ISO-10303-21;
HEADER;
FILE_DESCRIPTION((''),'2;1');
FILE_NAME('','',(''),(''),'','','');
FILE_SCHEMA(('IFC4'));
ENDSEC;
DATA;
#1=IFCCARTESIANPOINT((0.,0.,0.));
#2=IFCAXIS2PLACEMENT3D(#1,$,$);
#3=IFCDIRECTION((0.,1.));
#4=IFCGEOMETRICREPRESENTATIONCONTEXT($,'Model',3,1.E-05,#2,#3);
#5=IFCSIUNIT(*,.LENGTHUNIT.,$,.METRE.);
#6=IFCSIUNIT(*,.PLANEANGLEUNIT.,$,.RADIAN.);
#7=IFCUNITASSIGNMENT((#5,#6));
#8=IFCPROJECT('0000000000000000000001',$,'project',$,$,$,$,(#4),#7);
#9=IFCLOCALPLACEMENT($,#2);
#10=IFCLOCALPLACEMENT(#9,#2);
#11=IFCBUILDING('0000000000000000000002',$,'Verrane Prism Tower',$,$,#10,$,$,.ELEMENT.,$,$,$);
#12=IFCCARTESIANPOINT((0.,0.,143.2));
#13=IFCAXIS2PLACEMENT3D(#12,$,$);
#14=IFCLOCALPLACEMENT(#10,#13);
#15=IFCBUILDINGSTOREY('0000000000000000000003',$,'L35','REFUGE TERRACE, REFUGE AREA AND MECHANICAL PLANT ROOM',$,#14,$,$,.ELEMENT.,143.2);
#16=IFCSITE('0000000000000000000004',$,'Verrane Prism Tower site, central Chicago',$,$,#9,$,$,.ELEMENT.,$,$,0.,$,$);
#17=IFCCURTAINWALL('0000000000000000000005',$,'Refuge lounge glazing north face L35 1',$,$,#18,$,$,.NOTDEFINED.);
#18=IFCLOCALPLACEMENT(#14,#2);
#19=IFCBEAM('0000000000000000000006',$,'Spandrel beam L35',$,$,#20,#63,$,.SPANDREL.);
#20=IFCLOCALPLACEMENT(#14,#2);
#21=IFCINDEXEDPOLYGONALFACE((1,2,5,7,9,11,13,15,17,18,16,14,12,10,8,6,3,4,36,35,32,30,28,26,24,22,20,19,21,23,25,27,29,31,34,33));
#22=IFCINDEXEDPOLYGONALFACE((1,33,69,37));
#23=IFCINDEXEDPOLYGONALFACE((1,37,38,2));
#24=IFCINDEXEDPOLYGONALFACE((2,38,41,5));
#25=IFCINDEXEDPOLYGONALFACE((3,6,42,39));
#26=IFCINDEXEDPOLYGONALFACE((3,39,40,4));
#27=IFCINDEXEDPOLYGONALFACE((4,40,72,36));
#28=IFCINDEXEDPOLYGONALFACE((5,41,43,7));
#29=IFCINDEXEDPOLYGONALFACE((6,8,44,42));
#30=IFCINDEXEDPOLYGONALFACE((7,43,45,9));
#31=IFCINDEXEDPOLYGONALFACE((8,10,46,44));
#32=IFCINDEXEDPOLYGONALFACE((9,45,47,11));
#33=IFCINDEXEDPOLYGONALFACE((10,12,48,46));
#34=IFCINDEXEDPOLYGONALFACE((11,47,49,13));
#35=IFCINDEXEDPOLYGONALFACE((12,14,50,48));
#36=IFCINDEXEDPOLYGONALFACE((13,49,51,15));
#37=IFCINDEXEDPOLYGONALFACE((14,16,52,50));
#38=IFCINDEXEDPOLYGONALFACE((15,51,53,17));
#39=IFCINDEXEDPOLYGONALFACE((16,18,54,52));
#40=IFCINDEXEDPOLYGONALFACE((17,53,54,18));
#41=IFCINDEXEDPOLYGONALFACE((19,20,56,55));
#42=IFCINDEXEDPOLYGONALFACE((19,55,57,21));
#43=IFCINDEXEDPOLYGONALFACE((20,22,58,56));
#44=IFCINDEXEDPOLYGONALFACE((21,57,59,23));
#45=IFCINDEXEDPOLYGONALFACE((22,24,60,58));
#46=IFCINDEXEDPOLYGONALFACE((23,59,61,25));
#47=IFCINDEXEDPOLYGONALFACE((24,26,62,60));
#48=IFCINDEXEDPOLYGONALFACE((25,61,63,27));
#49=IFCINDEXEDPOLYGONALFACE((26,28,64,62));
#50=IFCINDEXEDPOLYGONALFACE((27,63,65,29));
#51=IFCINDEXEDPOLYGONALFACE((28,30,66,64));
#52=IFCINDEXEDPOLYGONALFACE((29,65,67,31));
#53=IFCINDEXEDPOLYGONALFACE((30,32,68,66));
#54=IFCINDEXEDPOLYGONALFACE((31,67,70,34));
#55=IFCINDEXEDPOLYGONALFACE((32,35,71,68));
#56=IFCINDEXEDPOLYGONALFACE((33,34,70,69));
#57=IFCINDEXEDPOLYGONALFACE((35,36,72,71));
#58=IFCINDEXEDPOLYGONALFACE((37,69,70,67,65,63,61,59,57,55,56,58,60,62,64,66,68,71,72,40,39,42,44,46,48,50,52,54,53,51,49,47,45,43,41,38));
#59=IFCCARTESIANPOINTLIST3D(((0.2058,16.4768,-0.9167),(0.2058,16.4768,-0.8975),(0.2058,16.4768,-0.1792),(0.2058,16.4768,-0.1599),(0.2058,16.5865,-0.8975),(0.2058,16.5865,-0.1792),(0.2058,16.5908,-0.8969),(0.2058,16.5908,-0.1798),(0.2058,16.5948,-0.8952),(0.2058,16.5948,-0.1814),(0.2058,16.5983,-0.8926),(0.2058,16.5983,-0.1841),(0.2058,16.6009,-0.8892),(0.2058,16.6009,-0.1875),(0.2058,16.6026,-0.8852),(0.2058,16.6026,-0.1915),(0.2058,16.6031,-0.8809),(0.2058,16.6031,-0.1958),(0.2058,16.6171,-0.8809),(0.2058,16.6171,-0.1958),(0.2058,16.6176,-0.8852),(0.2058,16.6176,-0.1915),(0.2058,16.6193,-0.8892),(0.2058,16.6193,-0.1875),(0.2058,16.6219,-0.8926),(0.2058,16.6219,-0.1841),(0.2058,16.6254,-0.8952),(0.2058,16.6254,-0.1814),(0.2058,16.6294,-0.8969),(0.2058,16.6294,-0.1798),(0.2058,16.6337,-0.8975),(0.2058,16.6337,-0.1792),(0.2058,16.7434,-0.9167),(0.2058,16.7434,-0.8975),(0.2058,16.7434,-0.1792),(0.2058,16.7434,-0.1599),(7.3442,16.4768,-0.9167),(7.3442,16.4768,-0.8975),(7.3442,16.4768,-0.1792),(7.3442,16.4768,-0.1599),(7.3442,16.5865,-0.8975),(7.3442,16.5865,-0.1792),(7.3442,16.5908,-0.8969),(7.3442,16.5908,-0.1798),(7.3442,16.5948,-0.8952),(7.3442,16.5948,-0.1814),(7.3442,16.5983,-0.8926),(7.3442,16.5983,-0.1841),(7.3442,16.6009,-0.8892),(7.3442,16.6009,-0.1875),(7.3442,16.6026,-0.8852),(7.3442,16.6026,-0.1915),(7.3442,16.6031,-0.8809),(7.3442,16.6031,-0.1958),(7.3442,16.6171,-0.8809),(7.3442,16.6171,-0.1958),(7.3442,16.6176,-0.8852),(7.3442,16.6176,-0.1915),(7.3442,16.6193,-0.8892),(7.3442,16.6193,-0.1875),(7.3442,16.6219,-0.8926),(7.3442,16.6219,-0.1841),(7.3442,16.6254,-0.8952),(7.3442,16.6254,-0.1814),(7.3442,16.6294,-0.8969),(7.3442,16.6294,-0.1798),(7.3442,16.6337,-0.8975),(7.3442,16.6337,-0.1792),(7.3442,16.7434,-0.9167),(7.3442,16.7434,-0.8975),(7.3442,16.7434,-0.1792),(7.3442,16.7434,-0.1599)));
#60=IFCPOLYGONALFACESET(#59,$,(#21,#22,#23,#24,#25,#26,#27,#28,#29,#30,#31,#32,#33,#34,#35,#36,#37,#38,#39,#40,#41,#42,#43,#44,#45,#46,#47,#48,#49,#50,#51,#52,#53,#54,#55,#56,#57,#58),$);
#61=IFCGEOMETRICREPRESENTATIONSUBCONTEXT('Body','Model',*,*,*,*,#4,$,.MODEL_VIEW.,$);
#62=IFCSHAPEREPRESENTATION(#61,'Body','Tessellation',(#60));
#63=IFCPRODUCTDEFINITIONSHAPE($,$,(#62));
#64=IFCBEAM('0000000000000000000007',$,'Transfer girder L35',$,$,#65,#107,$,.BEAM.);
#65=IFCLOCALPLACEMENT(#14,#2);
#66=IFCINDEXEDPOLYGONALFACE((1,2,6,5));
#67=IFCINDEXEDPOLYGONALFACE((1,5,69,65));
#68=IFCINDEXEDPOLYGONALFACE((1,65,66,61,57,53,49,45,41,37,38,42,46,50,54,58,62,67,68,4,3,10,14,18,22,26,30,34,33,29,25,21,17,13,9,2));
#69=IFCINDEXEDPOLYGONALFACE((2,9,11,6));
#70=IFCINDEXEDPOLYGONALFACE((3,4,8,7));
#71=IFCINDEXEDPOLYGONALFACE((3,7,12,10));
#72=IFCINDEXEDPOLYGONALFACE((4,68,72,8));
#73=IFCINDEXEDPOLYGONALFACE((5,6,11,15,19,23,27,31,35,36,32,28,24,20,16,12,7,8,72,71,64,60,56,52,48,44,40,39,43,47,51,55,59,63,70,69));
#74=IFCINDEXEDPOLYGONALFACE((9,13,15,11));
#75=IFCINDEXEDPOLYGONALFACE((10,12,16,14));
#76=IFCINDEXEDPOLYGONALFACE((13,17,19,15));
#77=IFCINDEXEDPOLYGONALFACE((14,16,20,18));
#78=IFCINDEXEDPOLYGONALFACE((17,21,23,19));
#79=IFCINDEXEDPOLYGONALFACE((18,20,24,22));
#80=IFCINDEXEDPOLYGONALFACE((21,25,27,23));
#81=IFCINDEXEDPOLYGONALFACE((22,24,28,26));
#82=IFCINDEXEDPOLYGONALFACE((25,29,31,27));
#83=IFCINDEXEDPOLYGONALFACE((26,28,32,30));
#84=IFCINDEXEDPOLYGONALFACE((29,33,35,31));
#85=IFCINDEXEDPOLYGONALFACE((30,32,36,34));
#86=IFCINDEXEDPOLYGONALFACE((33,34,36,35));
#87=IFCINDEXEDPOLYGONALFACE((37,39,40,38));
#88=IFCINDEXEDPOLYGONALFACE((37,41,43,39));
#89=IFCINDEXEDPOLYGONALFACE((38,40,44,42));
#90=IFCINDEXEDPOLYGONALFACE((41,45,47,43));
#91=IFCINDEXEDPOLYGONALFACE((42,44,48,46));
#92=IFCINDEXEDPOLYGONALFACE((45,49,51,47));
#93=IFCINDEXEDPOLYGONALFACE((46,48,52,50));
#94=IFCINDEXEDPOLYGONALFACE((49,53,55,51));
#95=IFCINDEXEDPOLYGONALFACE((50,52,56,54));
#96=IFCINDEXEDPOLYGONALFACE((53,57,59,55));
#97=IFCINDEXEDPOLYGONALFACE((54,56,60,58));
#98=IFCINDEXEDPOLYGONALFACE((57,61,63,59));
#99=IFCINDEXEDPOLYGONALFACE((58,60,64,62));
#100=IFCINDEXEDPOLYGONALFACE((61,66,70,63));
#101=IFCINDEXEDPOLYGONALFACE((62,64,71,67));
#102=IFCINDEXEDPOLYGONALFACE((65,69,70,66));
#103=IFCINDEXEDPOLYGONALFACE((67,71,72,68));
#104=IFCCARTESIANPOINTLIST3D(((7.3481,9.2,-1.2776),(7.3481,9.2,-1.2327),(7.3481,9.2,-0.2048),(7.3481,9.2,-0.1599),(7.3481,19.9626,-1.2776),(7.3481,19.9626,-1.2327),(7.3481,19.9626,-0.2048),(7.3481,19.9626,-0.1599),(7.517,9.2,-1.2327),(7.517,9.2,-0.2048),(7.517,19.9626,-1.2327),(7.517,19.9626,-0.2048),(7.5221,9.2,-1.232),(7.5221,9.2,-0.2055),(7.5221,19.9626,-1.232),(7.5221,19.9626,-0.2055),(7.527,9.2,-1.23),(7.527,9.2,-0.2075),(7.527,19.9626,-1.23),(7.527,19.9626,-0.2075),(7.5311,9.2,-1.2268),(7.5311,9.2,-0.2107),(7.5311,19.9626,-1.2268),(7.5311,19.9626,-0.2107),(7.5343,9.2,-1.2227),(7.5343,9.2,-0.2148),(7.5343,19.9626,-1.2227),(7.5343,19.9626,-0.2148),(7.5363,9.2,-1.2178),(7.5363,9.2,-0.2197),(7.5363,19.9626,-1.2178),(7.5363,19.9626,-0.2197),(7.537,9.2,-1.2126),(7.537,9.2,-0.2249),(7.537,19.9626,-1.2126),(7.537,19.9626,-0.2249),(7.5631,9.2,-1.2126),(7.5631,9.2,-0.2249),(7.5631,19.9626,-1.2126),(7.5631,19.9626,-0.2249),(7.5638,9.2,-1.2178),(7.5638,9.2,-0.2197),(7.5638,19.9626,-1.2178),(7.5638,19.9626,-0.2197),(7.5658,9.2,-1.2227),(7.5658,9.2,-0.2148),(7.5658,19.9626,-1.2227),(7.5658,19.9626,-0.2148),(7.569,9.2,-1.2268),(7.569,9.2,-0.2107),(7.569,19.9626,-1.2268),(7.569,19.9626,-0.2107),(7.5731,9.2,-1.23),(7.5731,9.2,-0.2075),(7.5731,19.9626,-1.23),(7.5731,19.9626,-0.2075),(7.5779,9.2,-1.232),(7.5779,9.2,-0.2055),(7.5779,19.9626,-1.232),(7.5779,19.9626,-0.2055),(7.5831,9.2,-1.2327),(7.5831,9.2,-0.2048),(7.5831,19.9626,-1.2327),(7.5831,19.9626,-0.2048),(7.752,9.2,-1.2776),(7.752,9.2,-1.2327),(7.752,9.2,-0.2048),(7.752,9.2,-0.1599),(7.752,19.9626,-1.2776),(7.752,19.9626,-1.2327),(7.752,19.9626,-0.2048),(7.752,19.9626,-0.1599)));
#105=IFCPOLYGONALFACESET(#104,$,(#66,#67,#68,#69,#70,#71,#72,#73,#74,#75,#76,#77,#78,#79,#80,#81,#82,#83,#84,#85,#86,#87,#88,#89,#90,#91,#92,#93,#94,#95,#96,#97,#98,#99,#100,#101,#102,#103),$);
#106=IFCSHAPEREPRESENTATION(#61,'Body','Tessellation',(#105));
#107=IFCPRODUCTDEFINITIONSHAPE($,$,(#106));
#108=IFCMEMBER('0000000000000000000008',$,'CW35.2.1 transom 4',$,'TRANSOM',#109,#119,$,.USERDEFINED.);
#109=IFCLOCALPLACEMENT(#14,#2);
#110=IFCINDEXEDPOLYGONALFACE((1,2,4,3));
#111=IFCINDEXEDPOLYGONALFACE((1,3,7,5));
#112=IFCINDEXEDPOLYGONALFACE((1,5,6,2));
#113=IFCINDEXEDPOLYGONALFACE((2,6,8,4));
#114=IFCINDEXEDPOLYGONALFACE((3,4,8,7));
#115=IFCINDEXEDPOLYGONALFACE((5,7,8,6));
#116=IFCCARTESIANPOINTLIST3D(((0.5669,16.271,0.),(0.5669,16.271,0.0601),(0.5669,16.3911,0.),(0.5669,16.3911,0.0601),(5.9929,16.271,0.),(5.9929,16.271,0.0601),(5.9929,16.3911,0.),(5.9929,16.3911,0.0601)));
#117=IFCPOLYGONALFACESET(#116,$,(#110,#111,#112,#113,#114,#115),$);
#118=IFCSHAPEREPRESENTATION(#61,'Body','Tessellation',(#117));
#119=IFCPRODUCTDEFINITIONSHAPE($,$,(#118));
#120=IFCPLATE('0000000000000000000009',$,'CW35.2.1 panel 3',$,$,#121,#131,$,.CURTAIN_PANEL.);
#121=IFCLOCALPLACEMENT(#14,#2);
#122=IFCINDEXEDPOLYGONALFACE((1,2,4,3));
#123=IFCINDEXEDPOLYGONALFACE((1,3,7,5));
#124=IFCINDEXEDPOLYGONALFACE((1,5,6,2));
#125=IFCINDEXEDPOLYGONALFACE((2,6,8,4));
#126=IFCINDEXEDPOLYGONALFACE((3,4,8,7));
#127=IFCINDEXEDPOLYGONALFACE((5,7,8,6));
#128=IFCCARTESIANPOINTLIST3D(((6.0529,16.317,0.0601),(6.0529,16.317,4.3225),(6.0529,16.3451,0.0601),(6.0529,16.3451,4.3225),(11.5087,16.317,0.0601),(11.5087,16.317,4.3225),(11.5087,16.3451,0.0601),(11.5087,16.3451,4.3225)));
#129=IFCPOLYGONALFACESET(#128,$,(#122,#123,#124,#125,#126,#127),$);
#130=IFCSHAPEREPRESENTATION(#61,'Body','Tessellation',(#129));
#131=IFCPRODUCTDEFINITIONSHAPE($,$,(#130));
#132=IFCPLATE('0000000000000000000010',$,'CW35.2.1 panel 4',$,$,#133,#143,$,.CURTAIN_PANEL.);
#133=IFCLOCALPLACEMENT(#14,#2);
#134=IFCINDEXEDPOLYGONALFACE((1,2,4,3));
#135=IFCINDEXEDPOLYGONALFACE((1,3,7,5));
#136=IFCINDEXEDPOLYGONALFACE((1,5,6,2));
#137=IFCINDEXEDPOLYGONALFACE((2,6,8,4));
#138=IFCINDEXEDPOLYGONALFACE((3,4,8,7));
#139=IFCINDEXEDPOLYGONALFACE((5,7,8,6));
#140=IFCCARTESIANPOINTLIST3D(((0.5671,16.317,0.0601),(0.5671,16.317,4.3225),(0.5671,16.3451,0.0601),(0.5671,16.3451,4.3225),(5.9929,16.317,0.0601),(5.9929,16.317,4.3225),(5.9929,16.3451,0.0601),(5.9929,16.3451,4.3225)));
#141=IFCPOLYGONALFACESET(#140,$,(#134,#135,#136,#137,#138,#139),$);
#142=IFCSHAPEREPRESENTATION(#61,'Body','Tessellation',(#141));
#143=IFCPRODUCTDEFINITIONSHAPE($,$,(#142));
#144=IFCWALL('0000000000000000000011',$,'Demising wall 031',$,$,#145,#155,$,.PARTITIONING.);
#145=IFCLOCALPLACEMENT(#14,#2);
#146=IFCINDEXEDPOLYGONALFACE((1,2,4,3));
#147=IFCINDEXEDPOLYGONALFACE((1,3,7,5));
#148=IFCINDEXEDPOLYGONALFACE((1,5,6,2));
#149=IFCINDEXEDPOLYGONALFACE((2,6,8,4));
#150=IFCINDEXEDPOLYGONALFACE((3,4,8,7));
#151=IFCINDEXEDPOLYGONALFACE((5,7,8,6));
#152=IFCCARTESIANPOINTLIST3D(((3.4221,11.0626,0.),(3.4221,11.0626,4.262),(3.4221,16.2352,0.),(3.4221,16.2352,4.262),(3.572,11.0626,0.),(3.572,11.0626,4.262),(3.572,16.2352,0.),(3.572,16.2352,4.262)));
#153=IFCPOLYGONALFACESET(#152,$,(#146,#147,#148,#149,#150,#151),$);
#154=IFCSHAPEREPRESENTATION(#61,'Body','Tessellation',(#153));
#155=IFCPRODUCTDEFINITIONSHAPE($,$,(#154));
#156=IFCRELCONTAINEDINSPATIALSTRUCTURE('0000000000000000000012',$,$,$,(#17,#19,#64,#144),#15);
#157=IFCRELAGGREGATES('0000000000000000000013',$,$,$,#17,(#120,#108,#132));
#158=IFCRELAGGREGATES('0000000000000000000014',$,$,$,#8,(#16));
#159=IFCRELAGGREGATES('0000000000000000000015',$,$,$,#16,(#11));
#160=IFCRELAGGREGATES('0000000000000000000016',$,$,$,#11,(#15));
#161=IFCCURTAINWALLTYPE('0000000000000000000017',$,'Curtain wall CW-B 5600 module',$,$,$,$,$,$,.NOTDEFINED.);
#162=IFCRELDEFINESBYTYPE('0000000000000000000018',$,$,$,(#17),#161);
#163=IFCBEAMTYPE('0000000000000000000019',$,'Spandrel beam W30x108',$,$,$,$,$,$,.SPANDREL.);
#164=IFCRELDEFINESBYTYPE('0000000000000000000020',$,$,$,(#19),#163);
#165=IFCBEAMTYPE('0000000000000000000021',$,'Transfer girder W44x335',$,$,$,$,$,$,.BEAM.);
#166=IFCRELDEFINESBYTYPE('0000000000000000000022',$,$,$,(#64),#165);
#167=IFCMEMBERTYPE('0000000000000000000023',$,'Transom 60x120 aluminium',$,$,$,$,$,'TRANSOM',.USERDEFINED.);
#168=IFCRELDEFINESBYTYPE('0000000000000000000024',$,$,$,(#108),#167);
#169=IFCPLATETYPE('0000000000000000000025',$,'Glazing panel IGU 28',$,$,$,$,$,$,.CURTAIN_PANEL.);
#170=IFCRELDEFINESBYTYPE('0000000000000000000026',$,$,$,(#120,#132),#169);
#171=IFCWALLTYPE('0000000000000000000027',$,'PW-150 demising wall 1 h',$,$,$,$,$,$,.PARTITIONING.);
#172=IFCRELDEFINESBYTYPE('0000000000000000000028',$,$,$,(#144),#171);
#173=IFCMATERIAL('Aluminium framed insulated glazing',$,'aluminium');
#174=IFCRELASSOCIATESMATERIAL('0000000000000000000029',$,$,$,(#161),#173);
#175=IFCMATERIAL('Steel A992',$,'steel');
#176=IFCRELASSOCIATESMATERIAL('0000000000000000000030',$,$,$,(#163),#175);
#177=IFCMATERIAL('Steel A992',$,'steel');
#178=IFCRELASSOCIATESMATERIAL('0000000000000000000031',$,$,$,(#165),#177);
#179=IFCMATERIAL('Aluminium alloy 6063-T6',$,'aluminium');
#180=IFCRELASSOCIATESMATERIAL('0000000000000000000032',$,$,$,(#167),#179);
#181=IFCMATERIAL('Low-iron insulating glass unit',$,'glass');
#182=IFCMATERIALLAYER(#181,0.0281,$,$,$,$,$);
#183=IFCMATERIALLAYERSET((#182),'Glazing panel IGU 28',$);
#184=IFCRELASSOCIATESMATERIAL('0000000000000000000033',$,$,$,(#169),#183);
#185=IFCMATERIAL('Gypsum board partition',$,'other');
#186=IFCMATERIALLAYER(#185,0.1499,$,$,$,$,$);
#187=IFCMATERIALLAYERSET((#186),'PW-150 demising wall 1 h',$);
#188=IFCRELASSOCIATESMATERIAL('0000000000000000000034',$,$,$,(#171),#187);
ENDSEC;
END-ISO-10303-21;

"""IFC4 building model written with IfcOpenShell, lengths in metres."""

from ifc_helpers import new_model, si_unit, direction, frame, frame_2d, origin, origin_2d, place, context, subcontext, project, spatial, rectangle, i_section, extrude, material, layer, layer_set, material_profile, profile_set, type_object, element, aggregate, save


model = new_model("IFC4")

# Units and contexts
model_context = context("Model", 3, precision=1e-05, world=origin(), true_north=direction((0.0, 1.0)))
body_context = subcontext(model_context, "Body", "Model", "MODEL_VIEW")
ifc_project = project(units=[si_unit("LENGTHUNIT", "METRE"), si_unit("PLANEANGLEUNIT", "RADIAN")], contexts=[model_context])

# Site, building, storey
site_placement = place(None, origin())
site = spatial("IfcSite", under=ifc_project, at=site_placement, Name="Verrane Prism Tower site, central Chicago", CompositionType="ELEMENT", RefElevation=0.0)
building_placement = place(site_placement, origin())
building = spatial("IfcBuilding", under=site, at=building_placement, Name="Verrane Prism Tower", CompositionType="ELEMENT")
storey_placement = place(building_placement, frame((0.0, 0.0, 143.2)))
storey = spatial("IfcBuildingStorey", under=building, at=storey_placement, Name="L35", Description="REFUGE TERRACE, REFUGE AREA AND MECHANICAL PLANT ROOM", CompositionType="ELEMENT", Elevation=143.2)

# Curtain wall
ifc_material_1 = material(Name="Aluminium framed insulated glazing", Category="aluminium")
curtain_wall_type = type_object("IfcCurtainWallType", Name="Curtain wall CW-B 5600 module", PredefinedType="NOTDEFINED", material=ifc_material_1)
curtain_wall_placement = place(storey_placement, origin())
curtain_wall = element("IfcCurtainWall", 1, at=curtain_wall_placement, inside=storey, type_object=curtain_wall_type, Name="Refuge lounge glazing north face L35 1", PredefinedType="NOTDEFINED")

# Beams
ifc_material_2 = material(Name="Steel A992", Category="steel")
ifc_material_profile_1 = material_profile(ifc_material_2, i_section(OverallWidth=0.2666, OverallDepth=0.7568, WebThickness=0.0139, FlangeThickness=0.0193, FilletRadius=0.0166, at=origin_2d()), Name="W30x108")
ifc_profile_set_1 = profile_set([ifc_material_profile_1], Name="Steel A992")
beam_type_1 = type_object("IfcBeamType", Name="Spandrel beam W30x108", PredefinedType="SPANDREL", material=ifc_profile_set_1)
beam_1_placement = place(storey_placement, frame((7.3442, 16.6101, -0.5383), z_axis=(-1.0, 0.0, 0.0), x_axis=(0.0, -1.0, 0.0)))
element("IfcBeam", 2, at=beam_1_placement, inside=storey, type_object=beam_type_1, Name="Spandrel beam L35", PredefinedType="SPANDREL", context=body_context, shape_type="SweptSolid", body=[
    extrude(i_section(OverallWidth=0.2666, OverallDepth=0.7568, WebThickness=0.0139, FlangeThickness=0.0193, FilletRadius=0.0166, at=origin_2d()), origin(), (0.0, 0.0, 1.0), 7.1384),
])
ifc_material_3 = material(Name="Steel A992", Category="steel")
ifc_material_profile_2 = material_profile(ifc_material_3, i_section(OverallWidth=0.4038, OverallDepth=1.1177, WebThickness=0.0261, FlangeThickness=0.0449, FilletRadius=0.02, at=origin_2d()), Name="W44x335")
ifc_profile_set_2 = profile_set([ifc_material_profile_2], Name="Steel A992")
beam_type_2 = type_object("IfcBeamType", Name="Transfer girder W44x335", PredefinedType="BEAM", material=ifc_profile_set_2)
beam_2_placement = place(storey_placement, frame((7.55, 19.9626, -0.7188), z_axis=(0.0, -1.0, 0.0), x_axis=(1.0, 0.0, 0.0)))
element("IfcBeam", 3, at=beam_2_placement, inside=storey, type_object=beam_type_2, Name="Transfer girder L35", PredefinedType="BEAM", context=body_context, shape_type="SweptSolid", body=[
    extrude(i_section(OverallWidth=0.4038, OverallDepth=1.1177, WebThickness=0.0261, FlangeThickness=0.0449, FilletRadius=0.02, at=origin_2d()), origin(), (0.0, 0.0, 1.0), 10.7627),
])

# Member
ifc_material_4 = material(Name="Aluminium alloy 6063-T6", Category="aluminium")
ifc_material_profile_3 = material_profile(ifc_material_4, rectangle(XDim=0.1201, YDim=0.0601, at=origin_2d()), Name="Transom 60x120 aluminium")
ifc_profile_set_3 = profile_set([ifc_material_profile_3], Name="Aluminium alloy 6063-T6")
member_type_1 = type_object("IfcMemberType", Name="Transom 60x120 aluminium", ElementType="TRANSOM", PredefinedType="USERDEFINED", material=ifc_profile_set_3)
member_1_placement = place(storey_placement, frame((5.9929, 16.3311, 0.03), z_axis=(-1.0, 0.0, 0.0), x_axis=(0.0, -1.0, 0.0)))
member_1 = element("IfcMember", 4, at=member_1_placement, type_object=member_type_1, Name="CW35.2.1 transom 4", ObjectType="TRANSOM", PredefinedType="USERDEFINED", context=body_context, shape_type="SweptSolid", body=[
    extrude(rectangle(XDim=0.1201, YDim=0.0601, at=origin_2d()), origin(), (0.0, 0.0, 1.0), 5.426),
])

# Plates
ifc_material_5 = material(Name="Low-iron insulating glass unit", Category="glass")
ifc_layer_1 = layer(ifc_material_5, 0.0281)
ifc_layer_set_1 = layer_set([ifc_layer_1], Name="Glazing panel IGU 28")
plate_type = type_object("IfcPlateType", Name="Glazing panel IGU 28", PredefinedType="CURTAIN_PANEL", material=ifc_layer_set_1)
plate_1_placement = place(storey_placement, frame((8.7808, 16.3311, 0.0601), z_axis=(0.0, 0.0, 1.0), x_axis=(-1.0, 0.0, 0.0)))
plate_1 = element("IfcPlate", 5, at=plate_1_placement, type_object=plate_type, Name="CW35.2.1 panel 3", PredefinedType="CURTAIN_PANEL", context=body_context, shape_type="SweptSolid", body=[
    extrude(rectangle(XDim=5.4558, YDim=0.0281, at=origin_2d()), origin(), (0.0, 0.0, 1.0), 4.2625),
])
plate_2_placement = place(storey_placement, frame((3.28, 16.3311, 0.0601), z_axis=(0.0, 0.0, 1.0), x_axis=(-1.0, 0.0, 0.0)))
plate_2 = element("IfcPlate", 6, at=plate_2_placement, type_object=plate_type, Name="CW35.2.1 panel 4", PredefinedType="CURTAIN_PANEL", context=body_context, shape_type="SweptSolid", body=[
    extrude(rectangle(XDim=5.4258, YDim=0.0281, at=origin_2d()), origin(), (0.0, 0.0, 1.0), 4.2625),
])
aggregate(curtain_wall, [plate_1, member_1, plate_2])

# Wall
ifc_material_6 = material(Name="Gypsum board partition", Category="other")
ifc_layer_2 = layer(ifc_material_6, 0.1499)
ifc_layer_set_2 = layer_set([ifc_layer_2], Name="PW-150 demising wall 1 h")
wall_type_1 = type_object("IfcWallType", Name="PW-150 demising wall 1 h", PredefinedType="PARTITIONING", material=ifc_layer_set_2)
wall_1_placement = place(storey_placement, frame((3.4971, 11.0625, 0.0), z_axis=(0.0, 0.0, 1.0), x_axis=(0.0, 1.0, 0.0)))
element("IfcWall", 7, at=wall_1_placement, inside=storey, type_object=wall_type_1, Name="Demising wall 031", PredefinedType="PARTITIONING", context=body_context, shape_type="SweptSolid", body=[
    extrude(rectangle(XDim=5.1726, YDim=0.1499, at=frame_2d((2.5864, 0.0))), origin(), (0.0, 0.0, 1.0), 4.262),
])

save(model, "model.ifc")
